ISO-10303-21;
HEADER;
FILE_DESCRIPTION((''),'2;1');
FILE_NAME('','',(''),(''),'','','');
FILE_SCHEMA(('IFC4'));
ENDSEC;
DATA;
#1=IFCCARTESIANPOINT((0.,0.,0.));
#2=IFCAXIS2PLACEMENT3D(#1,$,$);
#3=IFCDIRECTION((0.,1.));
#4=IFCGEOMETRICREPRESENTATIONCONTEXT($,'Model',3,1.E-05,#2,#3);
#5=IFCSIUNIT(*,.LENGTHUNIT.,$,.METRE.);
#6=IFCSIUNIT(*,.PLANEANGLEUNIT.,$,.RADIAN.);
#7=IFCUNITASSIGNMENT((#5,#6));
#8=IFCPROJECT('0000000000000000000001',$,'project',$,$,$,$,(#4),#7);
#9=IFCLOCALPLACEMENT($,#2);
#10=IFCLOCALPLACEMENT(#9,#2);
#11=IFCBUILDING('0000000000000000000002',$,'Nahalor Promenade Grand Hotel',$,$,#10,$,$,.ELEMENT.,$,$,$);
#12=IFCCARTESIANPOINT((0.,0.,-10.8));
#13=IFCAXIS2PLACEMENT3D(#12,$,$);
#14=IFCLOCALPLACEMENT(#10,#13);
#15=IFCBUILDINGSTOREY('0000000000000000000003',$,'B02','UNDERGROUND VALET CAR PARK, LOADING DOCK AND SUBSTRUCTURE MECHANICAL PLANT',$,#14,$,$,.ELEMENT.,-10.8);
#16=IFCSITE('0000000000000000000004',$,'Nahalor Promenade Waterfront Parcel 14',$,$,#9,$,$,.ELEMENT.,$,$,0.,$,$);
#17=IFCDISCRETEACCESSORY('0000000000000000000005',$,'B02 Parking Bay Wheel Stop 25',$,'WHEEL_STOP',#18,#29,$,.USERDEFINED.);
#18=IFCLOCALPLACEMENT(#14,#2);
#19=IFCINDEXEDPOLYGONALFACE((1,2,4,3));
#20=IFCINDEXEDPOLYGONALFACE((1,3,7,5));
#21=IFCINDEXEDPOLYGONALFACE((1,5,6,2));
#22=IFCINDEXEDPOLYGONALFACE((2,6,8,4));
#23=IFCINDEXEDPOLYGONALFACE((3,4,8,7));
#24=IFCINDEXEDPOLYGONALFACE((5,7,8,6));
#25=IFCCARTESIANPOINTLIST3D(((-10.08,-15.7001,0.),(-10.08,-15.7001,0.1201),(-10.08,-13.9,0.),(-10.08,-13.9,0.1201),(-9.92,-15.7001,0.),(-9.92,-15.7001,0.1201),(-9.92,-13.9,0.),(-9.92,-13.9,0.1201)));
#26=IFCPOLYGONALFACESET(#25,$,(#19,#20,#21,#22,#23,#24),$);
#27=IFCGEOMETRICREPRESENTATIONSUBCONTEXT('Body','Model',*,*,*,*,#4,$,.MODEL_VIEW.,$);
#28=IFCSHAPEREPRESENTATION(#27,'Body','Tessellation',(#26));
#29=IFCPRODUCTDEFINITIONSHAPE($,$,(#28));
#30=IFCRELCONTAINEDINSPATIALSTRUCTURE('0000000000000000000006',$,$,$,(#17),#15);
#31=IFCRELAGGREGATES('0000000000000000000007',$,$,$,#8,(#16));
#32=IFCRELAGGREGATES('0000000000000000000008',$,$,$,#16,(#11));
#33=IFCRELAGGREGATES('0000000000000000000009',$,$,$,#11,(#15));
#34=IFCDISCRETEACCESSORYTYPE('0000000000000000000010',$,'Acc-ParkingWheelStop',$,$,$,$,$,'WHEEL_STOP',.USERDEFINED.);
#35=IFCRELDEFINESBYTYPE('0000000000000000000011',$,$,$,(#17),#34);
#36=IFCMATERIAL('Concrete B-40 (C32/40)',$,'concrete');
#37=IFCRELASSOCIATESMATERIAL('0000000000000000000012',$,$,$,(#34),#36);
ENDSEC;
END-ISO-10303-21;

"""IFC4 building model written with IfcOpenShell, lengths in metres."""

from ifc_helpers import new_model, si_unit, direction, frame, origin, origin_2d, place, context, subcontext, project, spatial, rectangle, extrude, source, transform, mapped, material, type_object, element, save


model = new_model("IFC4")

# Units and contexts
model_context = context("Model", 3, precision=1e-05, world=origin(), true_north=direction((0.0, 1.0)))
body_context = subcontext(model_context, "Body", "Model", "MODEL_VIEW")
ifc_project = project(units=[si_unit("LENGTHUNIT", "METRE"), si_unit("PLANEANGLEUNIT", "RADIAN")], contexts=[model_context])

# Site, building, storey
site_placement = place(None, origin())
site = spatial("IfcSite", under=ifc_project, at=site_placement, Name="Nahalor Promenade Waterfront Parcel 14", CompositionType="ELEMENT", RefElevation=0.0)
building_placement = place(site_placement, origin())
building = spatial("IfcBuilding", under=site, at=building_placement, Name="Nahalor Promenade Grand Hotel", CompositionType="ELEMENT")
storey_placement = place(building_placement, frame((0.0, 0.0, -10.8)))
storey = spatial("IfcBuildingStorey", under=building, at=storey_placement, Name="B02", Description="UNDERGROUND VALET CAR PARK, LOADING DOCK AND SUBSTRUCTURE MECHANICAL PLANT", CompositionType="ELEMENT", Elevation=-10.8)

# Discrete accessory
ifc_material_1 = material(Name="Concrete B-40 (C32/40)", Category="concrete")
discrete_accessory_type = type_object("IfcDiscreteAccessoryType", Name="Acc-ParkingWheelStop", ElementType="WHEEL_STOP", PredefinedType="USERDEFINED", material=ifc_material_1)
shared_shape_1 = source(origin(), body_context, "Body", "SweptSolid", [
    extrude(rectangle(XDim=1.8, YDim=0.1599, at=origin_2d()), origin(), (0.0, 0.0, 1.0), 0.1201),
])
for number, where, z_axis, x_axis, name in (
    (1, (-10.0, -14.8, 0.0), (0.0, 0.0, 1.0), (0.0, 1.0, 0.0), "B02 Parking Bay Wheel Stop 25"),
):
    element("IfcDiscreteAccessory", number, at=place(storey_placement, frame(where, z_axis=z_axis, x_axis=x_axis)), inside=storey, type_object=discrete_accessory_type, Name=name, ObjectType="WHEEL_STOP", PredefinedType="USERDEFINED", context=body_context, shape_type="MappedRepresentation", body=[
        mapped(shared_shape_1, transform((0.0, 0.0, 0.0), scale=1.0)),
    ])

save(model, "model.ifc")
